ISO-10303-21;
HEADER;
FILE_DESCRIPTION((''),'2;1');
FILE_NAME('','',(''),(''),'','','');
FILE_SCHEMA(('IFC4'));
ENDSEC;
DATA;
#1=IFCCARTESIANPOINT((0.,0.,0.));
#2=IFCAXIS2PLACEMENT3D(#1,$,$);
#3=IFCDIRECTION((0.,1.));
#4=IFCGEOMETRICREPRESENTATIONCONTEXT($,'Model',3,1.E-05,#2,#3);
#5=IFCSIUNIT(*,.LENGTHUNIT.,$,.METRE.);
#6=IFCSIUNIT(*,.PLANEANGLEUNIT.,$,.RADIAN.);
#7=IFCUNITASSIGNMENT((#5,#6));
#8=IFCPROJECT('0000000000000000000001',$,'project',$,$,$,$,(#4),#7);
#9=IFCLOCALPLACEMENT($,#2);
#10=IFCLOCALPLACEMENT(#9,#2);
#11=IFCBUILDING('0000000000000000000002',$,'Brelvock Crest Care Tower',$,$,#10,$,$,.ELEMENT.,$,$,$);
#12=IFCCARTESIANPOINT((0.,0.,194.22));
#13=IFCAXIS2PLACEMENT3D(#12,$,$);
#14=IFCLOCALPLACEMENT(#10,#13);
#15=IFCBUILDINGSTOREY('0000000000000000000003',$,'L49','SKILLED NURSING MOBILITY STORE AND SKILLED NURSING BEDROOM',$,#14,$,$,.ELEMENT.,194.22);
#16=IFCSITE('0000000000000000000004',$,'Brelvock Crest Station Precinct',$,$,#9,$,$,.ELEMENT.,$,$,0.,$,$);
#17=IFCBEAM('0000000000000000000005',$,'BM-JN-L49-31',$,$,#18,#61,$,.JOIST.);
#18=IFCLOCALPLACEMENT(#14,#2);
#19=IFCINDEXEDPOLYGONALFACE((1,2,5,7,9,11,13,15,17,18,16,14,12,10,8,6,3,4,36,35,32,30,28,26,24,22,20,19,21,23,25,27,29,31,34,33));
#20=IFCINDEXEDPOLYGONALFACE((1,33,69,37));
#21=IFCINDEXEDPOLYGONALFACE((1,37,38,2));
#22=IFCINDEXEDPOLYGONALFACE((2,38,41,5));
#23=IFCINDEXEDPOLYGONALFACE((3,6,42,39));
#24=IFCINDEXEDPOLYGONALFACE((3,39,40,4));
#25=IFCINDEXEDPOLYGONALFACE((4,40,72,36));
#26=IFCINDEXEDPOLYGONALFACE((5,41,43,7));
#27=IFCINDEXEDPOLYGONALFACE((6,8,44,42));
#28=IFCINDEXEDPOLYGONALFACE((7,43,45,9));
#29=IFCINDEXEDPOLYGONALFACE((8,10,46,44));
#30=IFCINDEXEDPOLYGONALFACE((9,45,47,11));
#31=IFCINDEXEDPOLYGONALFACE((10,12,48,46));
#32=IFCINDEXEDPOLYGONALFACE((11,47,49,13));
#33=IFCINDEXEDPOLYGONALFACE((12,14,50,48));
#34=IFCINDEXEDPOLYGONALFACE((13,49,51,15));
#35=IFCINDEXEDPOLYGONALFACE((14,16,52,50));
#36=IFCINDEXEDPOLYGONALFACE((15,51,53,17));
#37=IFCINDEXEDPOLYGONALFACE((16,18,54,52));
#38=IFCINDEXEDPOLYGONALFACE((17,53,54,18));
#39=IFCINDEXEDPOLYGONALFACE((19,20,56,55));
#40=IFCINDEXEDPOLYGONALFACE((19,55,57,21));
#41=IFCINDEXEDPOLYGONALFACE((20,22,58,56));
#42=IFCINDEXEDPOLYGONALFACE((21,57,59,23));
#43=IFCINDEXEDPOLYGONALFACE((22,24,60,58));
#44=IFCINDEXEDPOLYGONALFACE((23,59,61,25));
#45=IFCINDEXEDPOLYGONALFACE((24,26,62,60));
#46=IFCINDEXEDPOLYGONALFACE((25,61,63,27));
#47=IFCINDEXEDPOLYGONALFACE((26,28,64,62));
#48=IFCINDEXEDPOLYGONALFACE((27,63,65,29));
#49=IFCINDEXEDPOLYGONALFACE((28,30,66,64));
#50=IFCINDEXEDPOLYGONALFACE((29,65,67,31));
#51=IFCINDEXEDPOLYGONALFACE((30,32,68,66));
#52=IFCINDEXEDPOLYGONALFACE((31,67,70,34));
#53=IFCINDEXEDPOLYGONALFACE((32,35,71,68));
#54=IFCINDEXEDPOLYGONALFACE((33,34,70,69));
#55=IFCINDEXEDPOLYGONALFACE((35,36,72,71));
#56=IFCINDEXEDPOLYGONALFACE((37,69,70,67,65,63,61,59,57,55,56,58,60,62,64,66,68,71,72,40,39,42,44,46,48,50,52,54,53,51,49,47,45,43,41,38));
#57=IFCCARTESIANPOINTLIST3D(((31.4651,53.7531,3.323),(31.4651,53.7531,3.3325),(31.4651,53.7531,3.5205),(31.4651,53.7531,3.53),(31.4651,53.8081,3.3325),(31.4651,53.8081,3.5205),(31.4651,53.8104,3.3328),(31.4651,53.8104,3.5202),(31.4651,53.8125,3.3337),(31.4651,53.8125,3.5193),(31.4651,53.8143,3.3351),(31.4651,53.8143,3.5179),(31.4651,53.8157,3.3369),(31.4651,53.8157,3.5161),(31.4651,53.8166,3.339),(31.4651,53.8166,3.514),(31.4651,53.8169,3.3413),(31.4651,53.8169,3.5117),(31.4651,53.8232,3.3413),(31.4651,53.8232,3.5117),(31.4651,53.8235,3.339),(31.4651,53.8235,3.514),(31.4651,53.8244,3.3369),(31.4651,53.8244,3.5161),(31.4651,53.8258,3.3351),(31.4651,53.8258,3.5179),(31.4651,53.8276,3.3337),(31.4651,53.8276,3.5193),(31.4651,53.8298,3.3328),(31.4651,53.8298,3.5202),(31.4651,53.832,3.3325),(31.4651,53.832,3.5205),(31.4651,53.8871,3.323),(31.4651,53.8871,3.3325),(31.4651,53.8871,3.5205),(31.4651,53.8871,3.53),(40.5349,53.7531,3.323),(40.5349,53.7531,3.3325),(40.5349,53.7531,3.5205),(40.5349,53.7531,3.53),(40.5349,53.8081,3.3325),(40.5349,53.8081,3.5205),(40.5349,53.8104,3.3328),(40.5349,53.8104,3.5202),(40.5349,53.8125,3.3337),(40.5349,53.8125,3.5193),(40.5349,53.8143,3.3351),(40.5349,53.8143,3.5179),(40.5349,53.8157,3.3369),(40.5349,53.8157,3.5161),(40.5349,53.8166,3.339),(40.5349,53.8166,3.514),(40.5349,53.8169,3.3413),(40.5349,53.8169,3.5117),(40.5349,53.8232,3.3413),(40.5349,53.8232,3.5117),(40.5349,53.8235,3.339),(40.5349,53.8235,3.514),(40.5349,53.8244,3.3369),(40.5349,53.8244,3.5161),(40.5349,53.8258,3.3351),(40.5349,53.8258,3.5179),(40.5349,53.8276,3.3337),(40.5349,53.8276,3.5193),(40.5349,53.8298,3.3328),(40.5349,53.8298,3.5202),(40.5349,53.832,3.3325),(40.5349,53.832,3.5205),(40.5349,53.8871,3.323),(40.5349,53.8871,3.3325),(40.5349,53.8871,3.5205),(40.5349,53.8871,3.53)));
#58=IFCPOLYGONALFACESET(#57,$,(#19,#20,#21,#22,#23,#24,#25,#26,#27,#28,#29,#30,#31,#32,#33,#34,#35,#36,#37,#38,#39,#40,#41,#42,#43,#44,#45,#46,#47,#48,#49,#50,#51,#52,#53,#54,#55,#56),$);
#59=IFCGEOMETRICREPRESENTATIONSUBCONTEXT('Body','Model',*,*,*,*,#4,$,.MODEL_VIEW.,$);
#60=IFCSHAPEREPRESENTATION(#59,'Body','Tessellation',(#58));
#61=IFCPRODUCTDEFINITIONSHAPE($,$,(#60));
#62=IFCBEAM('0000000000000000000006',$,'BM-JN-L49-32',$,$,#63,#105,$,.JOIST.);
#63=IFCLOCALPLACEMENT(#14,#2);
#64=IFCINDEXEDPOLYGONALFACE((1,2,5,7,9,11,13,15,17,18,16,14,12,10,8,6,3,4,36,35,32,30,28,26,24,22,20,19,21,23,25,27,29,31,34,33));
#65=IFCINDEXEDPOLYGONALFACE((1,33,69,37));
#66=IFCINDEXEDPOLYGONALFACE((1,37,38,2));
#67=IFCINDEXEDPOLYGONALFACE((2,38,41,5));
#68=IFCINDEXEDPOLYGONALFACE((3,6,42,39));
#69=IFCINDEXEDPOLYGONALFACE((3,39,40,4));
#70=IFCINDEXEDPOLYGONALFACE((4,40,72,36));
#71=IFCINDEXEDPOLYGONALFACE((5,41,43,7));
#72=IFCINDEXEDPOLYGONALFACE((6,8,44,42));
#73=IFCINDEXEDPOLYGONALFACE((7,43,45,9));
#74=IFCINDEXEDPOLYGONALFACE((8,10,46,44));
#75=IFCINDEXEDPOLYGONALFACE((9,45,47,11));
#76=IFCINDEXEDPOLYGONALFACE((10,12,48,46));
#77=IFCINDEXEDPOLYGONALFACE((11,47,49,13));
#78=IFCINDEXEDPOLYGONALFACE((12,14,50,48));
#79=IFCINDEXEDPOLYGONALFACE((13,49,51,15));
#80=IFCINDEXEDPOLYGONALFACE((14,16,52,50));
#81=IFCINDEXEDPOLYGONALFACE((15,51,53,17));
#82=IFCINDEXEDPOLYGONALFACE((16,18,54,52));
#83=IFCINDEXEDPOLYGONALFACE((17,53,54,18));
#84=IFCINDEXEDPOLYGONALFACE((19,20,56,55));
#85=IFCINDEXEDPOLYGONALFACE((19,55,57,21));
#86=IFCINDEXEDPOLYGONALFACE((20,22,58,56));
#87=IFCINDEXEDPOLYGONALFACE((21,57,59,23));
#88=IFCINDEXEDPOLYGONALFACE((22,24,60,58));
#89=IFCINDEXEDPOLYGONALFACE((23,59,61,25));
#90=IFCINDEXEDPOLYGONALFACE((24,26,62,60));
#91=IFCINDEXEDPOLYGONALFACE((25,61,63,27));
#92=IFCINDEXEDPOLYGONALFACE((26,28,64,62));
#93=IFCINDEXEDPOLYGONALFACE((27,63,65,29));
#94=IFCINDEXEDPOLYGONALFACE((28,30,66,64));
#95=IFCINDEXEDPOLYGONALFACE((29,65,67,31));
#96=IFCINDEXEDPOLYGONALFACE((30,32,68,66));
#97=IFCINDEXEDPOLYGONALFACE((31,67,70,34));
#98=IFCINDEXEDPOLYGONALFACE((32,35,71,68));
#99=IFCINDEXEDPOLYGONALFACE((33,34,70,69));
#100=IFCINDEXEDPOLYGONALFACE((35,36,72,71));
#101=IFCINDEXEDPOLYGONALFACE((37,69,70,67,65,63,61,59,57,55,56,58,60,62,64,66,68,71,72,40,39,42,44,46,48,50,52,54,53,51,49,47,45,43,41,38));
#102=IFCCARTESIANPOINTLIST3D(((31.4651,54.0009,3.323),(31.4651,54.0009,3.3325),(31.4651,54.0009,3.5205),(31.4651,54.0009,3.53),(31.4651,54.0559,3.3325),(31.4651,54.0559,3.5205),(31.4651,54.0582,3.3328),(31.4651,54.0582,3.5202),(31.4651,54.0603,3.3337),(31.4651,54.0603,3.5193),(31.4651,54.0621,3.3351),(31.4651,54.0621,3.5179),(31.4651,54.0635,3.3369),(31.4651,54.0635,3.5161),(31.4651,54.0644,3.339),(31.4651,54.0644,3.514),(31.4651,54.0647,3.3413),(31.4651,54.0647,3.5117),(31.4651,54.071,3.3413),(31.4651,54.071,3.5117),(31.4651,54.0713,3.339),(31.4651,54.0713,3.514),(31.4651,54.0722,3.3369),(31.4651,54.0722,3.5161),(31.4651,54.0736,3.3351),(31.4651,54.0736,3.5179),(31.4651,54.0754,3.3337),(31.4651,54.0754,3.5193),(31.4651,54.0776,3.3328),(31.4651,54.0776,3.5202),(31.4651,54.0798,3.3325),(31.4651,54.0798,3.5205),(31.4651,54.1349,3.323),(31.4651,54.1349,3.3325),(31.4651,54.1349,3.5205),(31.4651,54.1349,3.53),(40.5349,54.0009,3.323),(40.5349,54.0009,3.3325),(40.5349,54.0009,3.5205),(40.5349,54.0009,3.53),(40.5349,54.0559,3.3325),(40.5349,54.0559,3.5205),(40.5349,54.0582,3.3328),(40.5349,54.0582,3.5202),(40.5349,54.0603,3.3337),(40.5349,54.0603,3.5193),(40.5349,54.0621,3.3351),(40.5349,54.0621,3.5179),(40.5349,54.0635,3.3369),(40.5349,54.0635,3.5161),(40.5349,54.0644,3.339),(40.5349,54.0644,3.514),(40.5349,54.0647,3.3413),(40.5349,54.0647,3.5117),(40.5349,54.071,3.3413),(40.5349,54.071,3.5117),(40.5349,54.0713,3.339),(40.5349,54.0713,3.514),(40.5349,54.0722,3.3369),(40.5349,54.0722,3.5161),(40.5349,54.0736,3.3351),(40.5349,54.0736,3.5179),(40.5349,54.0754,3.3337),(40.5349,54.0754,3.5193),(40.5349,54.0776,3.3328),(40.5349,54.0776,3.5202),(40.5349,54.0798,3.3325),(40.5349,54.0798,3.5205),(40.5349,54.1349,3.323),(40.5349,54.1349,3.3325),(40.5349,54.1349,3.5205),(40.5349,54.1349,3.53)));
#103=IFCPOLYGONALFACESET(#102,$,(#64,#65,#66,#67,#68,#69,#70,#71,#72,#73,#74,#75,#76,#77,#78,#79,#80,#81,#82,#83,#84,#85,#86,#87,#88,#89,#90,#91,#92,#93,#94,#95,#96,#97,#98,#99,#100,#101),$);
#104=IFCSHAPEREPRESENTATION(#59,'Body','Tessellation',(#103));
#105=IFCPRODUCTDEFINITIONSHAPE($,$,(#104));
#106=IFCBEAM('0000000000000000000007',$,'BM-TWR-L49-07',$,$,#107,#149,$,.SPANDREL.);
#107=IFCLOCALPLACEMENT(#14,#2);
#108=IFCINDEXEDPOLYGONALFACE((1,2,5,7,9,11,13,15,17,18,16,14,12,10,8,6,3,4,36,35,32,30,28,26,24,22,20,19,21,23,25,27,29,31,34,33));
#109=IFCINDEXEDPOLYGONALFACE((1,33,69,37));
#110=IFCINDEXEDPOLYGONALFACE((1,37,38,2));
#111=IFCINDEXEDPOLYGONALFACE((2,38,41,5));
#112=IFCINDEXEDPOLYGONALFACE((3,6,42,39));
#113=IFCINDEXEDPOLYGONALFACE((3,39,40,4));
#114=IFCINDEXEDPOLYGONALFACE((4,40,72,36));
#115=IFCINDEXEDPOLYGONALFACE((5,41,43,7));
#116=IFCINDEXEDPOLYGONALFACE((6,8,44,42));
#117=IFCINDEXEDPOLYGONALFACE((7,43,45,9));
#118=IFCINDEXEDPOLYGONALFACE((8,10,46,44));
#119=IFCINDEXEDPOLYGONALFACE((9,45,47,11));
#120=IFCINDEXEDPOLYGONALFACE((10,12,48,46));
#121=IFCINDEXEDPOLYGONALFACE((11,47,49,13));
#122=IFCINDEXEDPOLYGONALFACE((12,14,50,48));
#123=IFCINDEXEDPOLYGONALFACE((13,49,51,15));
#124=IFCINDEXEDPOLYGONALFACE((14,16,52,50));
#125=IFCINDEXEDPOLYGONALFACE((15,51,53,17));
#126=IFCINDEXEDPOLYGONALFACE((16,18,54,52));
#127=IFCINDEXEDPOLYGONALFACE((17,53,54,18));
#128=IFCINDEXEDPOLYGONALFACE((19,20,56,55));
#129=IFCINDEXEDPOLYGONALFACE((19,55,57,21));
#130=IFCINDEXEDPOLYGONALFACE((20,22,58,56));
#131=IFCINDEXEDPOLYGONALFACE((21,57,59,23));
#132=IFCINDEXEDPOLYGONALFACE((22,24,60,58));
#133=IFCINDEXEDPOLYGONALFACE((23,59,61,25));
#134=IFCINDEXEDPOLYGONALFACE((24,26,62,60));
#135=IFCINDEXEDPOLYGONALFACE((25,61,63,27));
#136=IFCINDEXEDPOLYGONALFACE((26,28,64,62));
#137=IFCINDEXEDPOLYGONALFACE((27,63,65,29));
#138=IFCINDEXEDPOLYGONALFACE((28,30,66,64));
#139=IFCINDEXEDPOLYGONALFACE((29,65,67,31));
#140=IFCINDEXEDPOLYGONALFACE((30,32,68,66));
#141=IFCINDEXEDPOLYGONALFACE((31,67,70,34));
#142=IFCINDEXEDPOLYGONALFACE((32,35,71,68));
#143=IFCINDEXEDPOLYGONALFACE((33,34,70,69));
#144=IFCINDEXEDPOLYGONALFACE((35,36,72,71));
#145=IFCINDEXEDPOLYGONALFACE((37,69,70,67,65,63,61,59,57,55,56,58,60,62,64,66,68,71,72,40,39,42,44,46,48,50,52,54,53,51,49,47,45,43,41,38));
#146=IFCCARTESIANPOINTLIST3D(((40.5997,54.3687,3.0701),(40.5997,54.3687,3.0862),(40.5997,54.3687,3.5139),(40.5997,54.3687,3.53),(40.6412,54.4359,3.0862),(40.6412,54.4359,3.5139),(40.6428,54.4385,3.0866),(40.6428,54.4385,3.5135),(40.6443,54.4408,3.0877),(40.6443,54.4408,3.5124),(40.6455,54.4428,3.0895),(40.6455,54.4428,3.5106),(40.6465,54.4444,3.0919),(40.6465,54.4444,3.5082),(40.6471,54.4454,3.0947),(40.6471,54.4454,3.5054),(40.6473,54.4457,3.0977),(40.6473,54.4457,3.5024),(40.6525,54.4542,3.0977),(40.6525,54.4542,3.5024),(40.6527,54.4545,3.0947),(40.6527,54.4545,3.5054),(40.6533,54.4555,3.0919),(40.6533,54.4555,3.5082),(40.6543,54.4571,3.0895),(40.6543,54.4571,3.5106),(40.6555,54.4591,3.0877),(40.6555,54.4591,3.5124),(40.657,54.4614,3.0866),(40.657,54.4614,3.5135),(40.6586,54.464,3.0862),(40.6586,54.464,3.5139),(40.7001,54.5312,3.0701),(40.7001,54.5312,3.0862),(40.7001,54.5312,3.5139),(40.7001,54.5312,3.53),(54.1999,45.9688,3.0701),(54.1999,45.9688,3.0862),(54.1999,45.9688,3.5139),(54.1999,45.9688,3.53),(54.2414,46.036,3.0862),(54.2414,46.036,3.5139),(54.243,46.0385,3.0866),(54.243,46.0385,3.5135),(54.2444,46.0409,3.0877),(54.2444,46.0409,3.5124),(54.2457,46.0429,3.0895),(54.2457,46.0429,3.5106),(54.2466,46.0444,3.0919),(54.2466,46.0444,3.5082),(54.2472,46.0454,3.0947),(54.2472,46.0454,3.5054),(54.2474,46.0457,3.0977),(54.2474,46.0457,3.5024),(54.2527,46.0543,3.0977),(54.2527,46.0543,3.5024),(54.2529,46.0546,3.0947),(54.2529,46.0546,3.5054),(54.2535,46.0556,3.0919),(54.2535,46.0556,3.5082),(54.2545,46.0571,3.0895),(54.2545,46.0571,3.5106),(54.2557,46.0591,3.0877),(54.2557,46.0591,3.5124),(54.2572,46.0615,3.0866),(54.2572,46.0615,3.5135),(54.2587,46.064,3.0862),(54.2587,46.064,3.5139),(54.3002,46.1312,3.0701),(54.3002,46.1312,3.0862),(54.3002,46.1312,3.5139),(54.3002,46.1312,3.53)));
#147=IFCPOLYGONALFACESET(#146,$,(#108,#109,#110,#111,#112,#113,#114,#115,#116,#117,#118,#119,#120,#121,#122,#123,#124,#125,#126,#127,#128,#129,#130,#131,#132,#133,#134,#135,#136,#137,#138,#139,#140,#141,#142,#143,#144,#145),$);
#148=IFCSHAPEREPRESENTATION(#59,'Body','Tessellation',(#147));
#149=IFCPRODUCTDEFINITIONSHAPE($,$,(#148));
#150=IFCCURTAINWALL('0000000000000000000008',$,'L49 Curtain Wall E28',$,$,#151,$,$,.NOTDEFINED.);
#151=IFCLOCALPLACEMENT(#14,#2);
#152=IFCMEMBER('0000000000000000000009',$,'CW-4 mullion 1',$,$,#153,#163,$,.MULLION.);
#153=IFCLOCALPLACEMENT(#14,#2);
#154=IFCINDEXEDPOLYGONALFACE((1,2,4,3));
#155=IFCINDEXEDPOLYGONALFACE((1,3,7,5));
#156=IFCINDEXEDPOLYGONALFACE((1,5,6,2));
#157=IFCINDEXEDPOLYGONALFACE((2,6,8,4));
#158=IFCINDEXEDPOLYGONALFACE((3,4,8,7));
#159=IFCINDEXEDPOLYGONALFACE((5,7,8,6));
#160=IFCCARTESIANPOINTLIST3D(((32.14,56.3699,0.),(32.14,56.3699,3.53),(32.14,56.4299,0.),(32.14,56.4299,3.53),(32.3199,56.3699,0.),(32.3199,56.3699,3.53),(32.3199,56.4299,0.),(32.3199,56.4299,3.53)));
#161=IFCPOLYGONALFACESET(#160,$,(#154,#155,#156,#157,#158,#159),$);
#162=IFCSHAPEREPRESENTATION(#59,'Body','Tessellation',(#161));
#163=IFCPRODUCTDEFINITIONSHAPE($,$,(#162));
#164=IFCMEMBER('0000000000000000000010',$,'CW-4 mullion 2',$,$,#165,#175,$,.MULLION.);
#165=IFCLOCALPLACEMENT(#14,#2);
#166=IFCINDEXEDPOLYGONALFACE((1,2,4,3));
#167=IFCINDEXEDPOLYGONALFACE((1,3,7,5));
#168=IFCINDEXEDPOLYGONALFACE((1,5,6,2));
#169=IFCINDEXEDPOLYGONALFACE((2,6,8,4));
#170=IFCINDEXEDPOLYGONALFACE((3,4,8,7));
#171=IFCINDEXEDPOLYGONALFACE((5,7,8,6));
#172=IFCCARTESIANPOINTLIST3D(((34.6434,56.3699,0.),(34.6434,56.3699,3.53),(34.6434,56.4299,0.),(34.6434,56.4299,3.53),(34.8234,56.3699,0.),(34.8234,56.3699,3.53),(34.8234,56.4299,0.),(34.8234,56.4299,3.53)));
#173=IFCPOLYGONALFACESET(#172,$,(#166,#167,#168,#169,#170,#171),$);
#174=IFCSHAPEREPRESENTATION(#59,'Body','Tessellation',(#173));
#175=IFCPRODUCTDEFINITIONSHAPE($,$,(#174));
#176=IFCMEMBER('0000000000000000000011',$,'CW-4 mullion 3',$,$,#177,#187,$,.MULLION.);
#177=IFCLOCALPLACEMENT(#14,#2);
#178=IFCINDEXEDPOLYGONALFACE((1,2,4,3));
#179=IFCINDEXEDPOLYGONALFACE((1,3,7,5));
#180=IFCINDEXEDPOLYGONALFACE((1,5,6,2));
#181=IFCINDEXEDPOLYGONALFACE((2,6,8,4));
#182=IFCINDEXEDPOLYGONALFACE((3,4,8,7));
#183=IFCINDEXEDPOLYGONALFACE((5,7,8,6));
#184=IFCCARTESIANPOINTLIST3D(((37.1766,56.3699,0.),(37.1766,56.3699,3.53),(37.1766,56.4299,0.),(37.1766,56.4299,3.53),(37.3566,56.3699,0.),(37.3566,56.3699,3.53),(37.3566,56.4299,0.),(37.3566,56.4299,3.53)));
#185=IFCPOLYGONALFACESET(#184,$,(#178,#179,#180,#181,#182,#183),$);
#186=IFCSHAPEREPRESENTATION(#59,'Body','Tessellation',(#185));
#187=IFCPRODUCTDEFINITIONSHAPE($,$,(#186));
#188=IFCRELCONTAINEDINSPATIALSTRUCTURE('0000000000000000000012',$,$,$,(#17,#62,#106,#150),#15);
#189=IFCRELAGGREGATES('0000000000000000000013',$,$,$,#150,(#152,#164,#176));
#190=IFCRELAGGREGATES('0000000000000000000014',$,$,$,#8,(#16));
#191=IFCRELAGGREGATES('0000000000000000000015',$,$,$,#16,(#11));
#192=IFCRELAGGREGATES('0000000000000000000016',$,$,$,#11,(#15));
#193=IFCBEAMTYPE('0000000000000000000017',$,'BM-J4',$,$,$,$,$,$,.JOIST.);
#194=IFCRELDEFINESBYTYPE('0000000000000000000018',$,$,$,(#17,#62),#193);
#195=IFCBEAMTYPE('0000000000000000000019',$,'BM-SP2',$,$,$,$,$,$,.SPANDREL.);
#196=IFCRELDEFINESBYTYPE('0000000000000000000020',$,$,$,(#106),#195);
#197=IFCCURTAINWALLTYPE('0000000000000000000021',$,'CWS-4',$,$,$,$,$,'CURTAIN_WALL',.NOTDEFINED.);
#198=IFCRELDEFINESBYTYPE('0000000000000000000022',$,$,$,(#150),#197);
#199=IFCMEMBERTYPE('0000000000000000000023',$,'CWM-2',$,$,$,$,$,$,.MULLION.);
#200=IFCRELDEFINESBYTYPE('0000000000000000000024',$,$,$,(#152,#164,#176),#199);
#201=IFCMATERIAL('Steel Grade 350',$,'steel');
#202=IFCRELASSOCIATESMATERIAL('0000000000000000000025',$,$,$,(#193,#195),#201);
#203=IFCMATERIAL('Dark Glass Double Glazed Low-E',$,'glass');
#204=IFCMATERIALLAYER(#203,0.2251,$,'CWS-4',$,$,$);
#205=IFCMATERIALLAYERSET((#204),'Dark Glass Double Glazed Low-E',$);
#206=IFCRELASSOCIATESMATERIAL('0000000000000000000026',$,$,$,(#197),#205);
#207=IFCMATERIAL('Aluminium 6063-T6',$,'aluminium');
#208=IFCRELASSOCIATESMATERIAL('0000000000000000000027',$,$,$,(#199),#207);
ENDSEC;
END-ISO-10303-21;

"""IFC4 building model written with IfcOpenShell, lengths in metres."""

from ifc_helpers import new_model, si_unit, direction, frame, origin, origin_2d, place, context, subcontext, project, spatial, rectangle, i_section, extrude, source, transform, mapped, material, layer, layer_set, material_profile, profile_set, type_object, element, aggregate, save


model = new_model("IFC4")

# Units and contexts
model_context = context("Model", 3, precision=1e-05, world=origin(), true_north=direction((0.0, 1.0)))
body_context = subcontext(model_context, "Body", "Model", "MODEL_VIEW")
ifc_project = project(units=[si_unit("LENGTHUNIT", "METRE"), si_unit("PLANEANGLEUNIT", "RADIAN")], contexts=[model_context])

# Site, building, storey
site_placement = place(None, origin())
site = spatial("IfcSite", under=ifc_project, at=site_placement, Name="Brelvock Crest Station Precinct", CompositionType="ELEMENT", RefElevation=0.0)
building_placement = place(site_placement, origin())
building = spatial("IfcBuilding", under=site, at=building_placement, Name="Brelvock Crest Care Tower", CompositionType="ELEMENT")
storey_placement = place(building_placement, frame((0.0, 0.0, 194.22)))
storey = spatial("IfcBuildingStorey", under=building, at=storey_placement, Name="L49", Description="SKILLED NURSING MOBILITY STORE AND SKILLED NURSING BEDROOM", CompositionType="ELEMENT", Elevation=194.22)

# Shared definitions
ifc_material_1 = material(Name="Steel Grade 350", Category="steel")

# Beams
ifc_material_profile_1 = material_profile(ifc_material_1, i_section(OverallWidth=0.134, OverallDepth=0.207, WebThickness=0.0063, FlangeThickness=0.0095, FilletRadius=0.0088, at=origin_2d()), Name="200UB29.8")
ifc_profile_set_1 = profile_set([ifc_material_profile_1], Name="Steel Grade 350")
beam_type_1 = type_object("IfcBeamType", Name="BM-J4", PredefinedType="JOIST", material=ifc_profile_set_1)
shared_shape_1 = source(origin(), body_context, "Body", "SweptSolid", [
    extrude(i_section(OverallWidth=0.134, OverallDepth=0.207, WebThickness=0.0063, FlangeThickness=0.0095, FilletRadius=0.0088, at=origin_2d()), origin(), (0.0, 0.0, 1.0), 9.0698),
])
for number, where, z_axis, x_axis, name in (
    (1, (31.4651, 53.8201, 3.4265), (1.0, 0.0, 0.0), (0.0, 1.0, 0.0), "BM-JN-L49-31"),
    (2, (31.4651, 54.0679, 3.4265), (1.0, 0.0, 0.0), (0.0, 1.0, 0.0), "BM-JN-L49-32"),
):
    element("IfcBeam", number, at=place(storey_placement, frame(where, z_axis=z_axis, x_axis=x_axis)), inside=storey, type_object=beam_type_1, Name=name, PredefinedType="JOIST", context=body_context, shape_type="MappedRepresentation", body=[
        mapped(shared_shape_1, transform((0.0, 0.0, 0.0), x_axis=(1.0, 0.0, 0.0), y_axis=(0.0, 1.0, 0.0), z_axis=(0.0, 0.0, 1.0), scale=1.0)),
    ])
ifc_material_profile_2 = material_profile(ifc_material_1, i_section(OverallWidth=0.1909, OverallDepth=0.46, WebThickness=0.01, FlangeThickness=0.0161, FilletRadius=0.0115, at=origin_2d()), Name="460UB82.1")
ifc_profile_set_2 = profile_set([ifc_material_profile_2], Name="Steel Grade 350")
beam_type_2 = type_object("IfcBeamType", Name="BM-SP2", PredefinedType="SPANDREL", material=ifc_profile_set_2)
shared_shape_2 = source(origin(), body_context, "Body", "SweptSolid", [
    extrude(i_section(OverallWidth=0.1909, OverallDepth=0.46, WebThickness=0.01, FlangeThickness=0.0161, FilletRadius=0.0115, at=origin_2d()), origin(), (0.0, 0.0, 1.0), 15.9851),
])
beam_placement = place(storey_placement, frame((40.6499, 54.45, 3.3), z_axis=(0.850802, -0.525486, 0.0), x_axis=(0.525486, 0.850802, 0.0)))
element("IfcBeam", 3, at=beam_placement, inside=storey, type_object=beam_type_2, Name="BM-TWR-L49-07", PredefinedType="SPANDREL", context=body_context, shape_type="MappedRepresentation", body=[
    mapped(shared_shape_2, transform((0.0, 0.0, 0.0), x_axis=(1.0, 0.0, 0.0), y_axis=(0.0, 1.0, 0.0), z_axis=(0.0, 0.0, 1.0), scale=1.0)),
])

# Curtain wall, members
ifc_material_2 = material(Name="Dark Glass Double Glazed Low-E", Category="glass")
ifc_layer_1 = layer(ifc_material_2, 0.2251, Name="CWS-4")
ifc_layer_set_1 = layer_set([ifc_layer_1], Name="Dark Glass Double Glazed Low-E")
curtain_wall_type = type_object("IfcCurtainWallType", Name="CWS-4", ElementType="CURTAIN_WALL", PredefinedType="NOTDEFINED", material=ifc_layer_set_1)
curtain_wall_placement = place(storey_placement, origin())
curtain_wall = element("IfcCurtainWall", 4, at=curtain_wall_placement, inside=storey, type_object=curtain_wall_type, Name="L49 Curtain Wall E28", PredefinedType="NOTDEFINED")
ifc_material_3 = material(Name="Aluminium 6063-T6", Category="aluminium")
ifc_material_profile_3 = material_profile(ifc_material_3, rectangle(XDim=0.0601, YDim=0.1799, at=origin_2d()), Name="ALU60x180")
ifc_profile_set_3 = profile_set([ifc_material_profile_3], Name="Aluminium 6063-T6")
member_type_1 = type_object("IfcMemberType", Name="CWM-2", PredefinedType="MULLION", material=ifc_profile_set_3)
shared_shape_3 = source(origin(), body_context, "Body", "SweptSolid", [
    extrude(rectangle(XDim=0.0601, YDim=0.1799, at=origin_2d()), origin(), (0.0, 0.0, 1.0), 3.53),
])
member_1_placement = place(storey_placement, frame((32.23, 56.3999, 0.0), z_axis=(0.0, 0.0, 1.0), x_axis=(0.0, 1.0, 0.0)))
member_1 = element("IfcMember", 5, at=member_1_placement, type_object=member_type_1, Name="CW-4 mullion 1", PredefinedType="MULLION", context=body_context, shape_type="MappedRepresentation", body=[
    mapped(shared_shape_3, transform((0.0, 0.0, 0.0), x_axis=(1.0, 0.0, 0.0), y_axis=(0.0, 1.0, 0.0), z_axis=(0.0, 0.0, 1.0), scale=1.0)),
])
member_2_placement = place(storey_placement, frame((34.7334, 56.3999, 0.0), z_axis=(0.0, 0.0, 1.0), x_axis=(0.0, 1.0, 0.0)))
member_2 = element("IfcMember", 6, at=member_2_placement, type_object=member_type_1, Name="CW-4 mullion 2", PredefinedType="MULLION", context=body_context, shape_type="MappedRepresentation", body=[
    mapped(shared_shape_3, transform((0.0, 0.0, 0.0), x_axis=(1.0, 0.0, 0.0), y_axis=(0.0, 1.0, 0.0), z_axis=(0.0, 0.0, 1.0), scale=1.0)),
])
member_3_placement = place(storey_placement, frame((37.2666, 56.3999, 0.0), z_axis=(0.0, 0.0, 1.0), x_axis=(0.0, 1.0, 0.0)))
member_3 = element("IfcMember", 7, at=member_3_placement, type_object=member_type_1, Name="CW-4 mullion 3", PredefinedType="MULLION", context=body_context, shape_type="MappedRepresentation", body=[
    mapped(shared_shape_3, transform((0.0, 0.0, 0.0), x_axis=(1.0, 0.0, 0.0), y_axis=(0.0, 1.0, 0.0), z_axis=(0.0, 0.0, 1.0), scale=1.0)),
])
aggregate(curtain_wall, [member_1, member_2, member_3])

save(model, "model.ifc")
